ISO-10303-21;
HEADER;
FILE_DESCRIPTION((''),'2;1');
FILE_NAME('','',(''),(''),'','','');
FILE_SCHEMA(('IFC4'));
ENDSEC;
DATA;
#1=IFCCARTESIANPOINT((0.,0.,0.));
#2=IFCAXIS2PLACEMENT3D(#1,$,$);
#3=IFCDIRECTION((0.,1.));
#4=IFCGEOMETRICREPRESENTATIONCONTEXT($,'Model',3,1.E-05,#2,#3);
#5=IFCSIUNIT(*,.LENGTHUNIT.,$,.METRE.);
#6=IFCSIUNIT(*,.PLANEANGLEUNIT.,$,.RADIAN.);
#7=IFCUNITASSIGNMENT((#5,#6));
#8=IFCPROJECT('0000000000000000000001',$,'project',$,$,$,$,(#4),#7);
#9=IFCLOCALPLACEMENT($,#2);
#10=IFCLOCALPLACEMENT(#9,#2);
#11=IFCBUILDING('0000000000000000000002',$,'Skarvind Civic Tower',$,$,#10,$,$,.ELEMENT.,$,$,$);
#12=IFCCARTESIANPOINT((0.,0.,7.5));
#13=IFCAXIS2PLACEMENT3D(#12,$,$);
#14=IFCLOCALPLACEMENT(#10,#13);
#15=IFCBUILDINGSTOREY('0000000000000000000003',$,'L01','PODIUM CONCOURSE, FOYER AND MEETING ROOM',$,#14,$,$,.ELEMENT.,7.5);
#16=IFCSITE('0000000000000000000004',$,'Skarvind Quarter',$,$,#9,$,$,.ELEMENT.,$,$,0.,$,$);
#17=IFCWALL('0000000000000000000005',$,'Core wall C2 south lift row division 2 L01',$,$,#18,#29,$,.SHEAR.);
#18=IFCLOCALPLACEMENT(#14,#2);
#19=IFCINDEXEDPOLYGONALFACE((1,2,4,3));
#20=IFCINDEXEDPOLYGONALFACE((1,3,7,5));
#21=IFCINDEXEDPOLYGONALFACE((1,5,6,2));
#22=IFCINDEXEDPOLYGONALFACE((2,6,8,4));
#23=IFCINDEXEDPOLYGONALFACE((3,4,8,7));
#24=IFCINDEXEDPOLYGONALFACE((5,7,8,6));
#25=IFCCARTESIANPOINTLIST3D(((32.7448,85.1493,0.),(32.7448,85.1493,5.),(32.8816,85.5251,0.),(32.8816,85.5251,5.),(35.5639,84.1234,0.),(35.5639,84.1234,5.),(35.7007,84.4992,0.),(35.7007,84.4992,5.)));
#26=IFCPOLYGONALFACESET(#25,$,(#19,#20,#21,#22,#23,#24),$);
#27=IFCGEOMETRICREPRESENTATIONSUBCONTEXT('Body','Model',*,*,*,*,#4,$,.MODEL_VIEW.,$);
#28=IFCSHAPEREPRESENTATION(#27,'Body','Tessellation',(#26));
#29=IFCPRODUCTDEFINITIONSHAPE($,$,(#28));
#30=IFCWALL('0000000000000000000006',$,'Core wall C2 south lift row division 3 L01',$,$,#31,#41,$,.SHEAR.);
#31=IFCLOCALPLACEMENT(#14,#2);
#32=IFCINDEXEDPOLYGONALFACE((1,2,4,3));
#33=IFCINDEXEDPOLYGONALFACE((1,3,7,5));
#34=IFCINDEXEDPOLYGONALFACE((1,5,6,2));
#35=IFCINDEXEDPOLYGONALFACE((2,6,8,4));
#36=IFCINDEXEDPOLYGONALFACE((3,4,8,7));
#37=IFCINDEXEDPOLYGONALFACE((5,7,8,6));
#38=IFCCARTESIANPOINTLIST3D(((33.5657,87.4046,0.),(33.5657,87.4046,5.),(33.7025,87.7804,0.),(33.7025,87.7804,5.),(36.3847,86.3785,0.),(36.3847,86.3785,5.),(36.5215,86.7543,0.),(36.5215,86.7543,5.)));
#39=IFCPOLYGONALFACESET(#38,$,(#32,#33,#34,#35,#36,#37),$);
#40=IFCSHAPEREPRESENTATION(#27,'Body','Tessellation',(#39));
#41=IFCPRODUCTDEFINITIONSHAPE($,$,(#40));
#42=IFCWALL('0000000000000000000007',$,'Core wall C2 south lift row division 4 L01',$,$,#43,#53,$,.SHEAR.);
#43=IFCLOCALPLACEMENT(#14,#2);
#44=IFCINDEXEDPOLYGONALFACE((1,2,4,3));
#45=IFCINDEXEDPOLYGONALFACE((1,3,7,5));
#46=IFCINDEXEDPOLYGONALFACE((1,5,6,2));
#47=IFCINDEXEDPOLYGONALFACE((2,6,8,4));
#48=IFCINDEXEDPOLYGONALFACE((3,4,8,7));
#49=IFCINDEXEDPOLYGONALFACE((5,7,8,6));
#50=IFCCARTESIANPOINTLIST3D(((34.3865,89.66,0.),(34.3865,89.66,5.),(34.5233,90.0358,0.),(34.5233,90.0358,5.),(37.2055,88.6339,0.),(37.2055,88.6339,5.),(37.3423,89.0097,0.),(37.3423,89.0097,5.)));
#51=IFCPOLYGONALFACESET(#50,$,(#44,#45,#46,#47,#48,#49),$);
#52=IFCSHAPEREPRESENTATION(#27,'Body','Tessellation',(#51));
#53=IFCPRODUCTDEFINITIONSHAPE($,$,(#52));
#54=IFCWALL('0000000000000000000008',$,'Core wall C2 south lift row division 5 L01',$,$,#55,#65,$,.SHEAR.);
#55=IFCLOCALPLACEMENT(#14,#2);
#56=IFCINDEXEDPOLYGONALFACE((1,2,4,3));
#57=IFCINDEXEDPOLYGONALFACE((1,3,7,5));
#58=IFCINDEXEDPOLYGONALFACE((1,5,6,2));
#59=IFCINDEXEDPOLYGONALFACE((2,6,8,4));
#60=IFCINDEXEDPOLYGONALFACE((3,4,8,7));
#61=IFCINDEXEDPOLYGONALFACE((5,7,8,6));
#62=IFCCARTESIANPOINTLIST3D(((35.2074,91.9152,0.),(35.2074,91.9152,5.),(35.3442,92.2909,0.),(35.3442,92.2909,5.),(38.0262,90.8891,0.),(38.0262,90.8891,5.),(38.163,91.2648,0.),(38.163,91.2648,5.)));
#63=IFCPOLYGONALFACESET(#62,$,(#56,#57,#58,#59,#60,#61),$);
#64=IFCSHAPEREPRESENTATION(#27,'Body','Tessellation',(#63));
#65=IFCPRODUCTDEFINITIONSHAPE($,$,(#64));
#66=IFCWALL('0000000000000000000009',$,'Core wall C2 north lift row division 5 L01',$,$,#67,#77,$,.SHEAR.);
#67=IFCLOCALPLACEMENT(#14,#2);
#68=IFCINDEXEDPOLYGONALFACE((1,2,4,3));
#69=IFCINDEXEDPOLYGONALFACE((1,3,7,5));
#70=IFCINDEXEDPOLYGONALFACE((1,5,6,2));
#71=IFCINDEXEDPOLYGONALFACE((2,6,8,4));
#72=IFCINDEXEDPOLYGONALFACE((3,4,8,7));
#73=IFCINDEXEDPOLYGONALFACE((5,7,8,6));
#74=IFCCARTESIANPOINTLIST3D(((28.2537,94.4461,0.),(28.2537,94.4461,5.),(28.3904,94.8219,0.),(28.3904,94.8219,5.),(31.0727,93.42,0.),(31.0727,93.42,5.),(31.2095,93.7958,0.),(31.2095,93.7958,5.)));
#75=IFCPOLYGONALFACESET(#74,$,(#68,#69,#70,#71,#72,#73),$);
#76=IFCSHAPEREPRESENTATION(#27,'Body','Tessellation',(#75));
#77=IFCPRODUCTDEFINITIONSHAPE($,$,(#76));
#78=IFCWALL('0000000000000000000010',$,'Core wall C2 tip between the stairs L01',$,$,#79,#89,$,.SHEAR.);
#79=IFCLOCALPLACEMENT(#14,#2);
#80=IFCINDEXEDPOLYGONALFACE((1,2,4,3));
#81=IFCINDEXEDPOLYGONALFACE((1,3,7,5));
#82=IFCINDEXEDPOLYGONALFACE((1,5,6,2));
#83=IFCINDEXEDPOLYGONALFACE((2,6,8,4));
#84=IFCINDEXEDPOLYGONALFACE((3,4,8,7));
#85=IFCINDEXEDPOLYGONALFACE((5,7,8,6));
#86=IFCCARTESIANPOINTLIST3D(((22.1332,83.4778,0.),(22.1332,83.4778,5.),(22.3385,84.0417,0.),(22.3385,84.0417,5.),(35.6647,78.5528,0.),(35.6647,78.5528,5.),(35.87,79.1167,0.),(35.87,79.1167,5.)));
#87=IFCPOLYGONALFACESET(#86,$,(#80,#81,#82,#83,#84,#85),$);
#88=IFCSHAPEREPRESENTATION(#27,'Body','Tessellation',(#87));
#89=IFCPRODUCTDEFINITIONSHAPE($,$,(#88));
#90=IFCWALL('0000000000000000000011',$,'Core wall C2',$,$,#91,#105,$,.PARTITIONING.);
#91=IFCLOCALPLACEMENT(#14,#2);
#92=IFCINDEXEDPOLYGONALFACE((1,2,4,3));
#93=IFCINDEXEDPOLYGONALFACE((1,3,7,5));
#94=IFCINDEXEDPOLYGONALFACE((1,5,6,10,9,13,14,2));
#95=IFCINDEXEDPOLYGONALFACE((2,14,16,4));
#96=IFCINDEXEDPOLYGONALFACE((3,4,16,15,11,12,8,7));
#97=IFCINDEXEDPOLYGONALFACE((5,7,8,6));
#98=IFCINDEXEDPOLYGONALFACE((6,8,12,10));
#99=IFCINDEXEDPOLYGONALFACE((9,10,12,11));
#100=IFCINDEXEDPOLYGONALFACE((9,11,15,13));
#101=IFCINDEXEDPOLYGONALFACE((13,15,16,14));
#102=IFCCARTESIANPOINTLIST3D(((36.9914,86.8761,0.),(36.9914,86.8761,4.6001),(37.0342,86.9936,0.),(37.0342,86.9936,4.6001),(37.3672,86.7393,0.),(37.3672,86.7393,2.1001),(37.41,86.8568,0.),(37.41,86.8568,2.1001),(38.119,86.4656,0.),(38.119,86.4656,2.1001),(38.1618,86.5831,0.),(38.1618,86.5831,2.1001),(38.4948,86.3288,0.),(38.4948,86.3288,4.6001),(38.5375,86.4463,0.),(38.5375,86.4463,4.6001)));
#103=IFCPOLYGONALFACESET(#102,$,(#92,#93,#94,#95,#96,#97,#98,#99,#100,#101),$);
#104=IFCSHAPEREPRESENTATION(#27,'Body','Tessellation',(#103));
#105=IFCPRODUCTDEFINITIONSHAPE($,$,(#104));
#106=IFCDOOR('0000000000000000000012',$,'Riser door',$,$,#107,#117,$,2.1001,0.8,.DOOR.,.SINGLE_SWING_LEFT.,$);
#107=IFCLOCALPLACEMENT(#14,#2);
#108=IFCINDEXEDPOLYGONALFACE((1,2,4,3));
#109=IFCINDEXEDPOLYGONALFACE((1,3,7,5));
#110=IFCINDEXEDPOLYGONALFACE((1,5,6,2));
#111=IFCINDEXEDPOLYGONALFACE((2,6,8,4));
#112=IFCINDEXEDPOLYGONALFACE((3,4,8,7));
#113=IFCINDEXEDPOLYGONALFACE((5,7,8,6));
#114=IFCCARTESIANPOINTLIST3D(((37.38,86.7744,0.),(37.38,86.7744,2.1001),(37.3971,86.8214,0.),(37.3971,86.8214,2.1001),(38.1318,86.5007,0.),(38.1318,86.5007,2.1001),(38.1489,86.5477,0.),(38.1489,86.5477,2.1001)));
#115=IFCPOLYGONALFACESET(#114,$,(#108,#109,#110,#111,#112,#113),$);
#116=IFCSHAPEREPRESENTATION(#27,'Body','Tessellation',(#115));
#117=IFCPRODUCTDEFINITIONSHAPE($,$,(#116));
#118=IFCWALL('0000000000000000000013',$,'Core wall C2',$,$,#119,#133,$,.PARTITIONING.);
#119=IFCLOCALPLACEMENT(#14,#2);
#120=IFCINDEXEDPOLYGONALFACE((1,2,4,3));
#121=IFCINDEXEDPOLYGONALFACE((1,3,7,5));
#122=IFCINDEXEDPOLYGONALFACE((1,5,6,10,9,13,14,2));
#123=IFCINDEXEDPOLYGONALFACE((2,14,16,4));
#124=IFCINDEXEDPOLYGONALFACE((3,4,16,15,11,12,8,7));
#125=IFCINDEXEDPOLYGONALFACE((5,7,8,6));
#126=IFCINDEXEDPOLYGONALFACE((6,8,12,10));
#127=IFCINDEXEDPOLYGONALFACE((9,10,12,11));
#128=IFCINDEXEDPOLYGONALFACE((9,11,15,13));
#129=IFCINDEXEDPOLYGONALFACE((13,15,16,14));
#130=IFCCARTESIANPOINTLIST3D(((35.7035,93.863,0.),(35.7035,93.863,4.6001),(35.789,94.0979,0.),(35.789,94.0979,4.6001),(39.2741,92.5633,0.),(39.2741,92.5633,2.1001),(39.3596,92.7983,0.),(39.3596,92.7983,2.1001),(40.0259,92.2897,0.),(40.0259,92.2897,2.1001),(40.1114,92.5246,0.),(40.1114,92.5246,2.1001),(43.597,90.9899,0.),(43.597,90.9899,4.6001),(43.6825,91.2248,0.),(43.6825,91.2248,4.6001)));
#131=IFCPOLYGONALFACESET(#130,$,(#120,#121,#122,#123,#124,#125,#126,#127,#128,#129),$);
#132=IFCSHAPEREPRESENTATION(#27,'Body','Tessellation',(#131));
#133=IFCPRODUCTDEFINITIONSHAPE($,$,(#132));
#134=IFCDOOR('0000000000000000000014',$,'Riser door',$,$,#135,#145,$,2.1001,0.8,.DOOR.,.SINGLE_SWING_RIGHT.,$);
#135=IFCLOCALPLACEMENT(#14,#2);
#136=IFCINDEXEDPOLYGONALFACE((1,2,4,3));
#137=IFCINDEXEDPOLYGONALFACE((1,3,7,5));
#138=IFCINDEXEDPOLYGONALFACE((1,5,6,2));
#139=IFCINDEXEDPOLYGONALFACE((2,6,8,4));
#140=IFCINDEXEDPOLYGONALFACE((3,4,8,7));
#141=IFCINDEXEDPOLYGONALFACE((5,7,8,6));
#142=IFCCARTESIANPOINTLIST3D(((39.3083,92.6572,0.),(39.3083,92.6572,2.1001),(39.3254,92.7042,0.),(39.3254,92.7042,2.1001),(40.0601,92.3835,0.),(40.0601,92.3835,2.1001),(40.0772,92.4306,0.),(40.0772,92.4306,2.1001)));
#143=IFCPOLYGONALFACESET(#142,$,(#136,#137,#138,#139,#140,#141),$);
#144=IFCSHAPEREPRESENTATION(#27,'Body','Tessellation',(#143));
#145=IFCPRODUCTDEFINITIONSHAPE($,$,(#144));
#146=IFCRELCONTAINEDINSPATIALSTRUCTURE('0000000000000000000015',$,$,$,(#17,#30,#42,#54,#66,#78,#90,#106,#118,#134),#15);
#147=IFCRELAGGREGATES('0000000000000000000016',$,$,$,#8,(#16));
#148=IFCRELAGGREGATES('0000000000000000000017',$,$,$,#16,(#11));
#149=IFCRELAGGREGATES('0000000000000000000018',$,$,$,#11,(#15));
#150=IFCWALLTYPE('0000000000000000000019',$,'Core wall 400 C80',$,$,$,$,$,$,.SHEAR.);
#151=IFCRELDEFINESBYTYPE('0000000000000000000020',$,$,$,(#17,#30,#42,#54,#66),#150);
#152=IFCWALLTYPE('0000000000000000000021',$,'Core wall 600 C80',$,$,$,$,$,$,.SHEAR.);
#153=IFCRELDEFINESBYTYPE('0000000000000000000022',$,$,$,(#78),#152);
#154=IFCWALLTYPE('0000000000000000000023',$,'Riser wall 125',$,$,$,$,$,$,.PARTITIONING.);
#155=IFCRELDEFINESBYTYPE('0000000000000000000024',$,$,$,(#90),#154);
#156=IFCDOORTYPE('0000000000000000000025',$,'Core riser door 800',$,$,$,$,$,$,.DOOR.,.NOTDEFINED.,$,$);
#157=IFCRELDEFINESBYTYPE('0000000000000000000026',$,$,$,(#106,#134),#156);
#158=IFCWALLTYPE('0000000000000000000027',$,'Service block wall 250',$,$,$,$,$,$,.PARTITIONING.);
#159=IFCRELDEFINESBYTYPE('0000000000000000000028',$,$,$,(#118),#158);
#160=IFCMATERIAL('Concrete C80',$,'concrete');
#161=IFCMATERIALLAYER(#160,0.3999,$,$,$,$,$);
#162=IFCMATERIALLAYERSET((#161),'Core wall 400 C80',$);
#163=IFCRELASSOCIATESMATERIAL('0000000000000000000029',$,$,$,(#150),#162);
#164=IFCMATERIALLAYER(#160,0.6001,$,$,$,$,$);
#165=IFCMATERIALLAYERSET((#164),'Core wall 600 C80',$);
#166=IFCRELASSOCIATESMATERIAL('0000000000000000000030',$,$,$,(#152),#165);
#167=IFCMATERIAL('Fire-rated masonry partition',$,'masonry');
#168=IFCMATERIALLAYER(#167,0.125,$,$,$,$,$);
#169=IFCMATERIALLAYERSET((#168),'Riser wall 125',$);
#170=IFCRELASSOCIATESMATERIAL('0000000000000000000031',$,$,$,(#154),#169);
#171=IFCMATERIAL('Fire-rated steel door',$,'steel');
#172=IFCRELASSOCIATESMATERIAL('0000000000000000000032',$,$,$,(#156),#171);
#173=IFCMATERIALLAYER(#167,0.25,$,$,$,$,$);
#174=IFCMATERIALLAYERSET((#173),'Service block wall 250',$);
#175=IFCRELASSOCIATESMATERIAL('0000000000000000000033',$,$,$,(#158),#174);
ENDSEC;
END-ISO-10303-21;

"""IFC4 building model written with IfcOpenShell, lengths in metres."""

from ifc_helpers import new_model, si_unit, direction, frame, frame_2d, origin, place, context, subcontext, project, spatial, rectangle, extrude, material, layer, layer_set, type_object, element, fill, save


model = new_model("IFC4")

# Units and contexts
model_context = context("Model", 3, precision=1e-05, world=origin(), true_north=direction((0.0, 1.0)))
body_context = subcontext(model_context, "Body", "Model", "MODEL_VIEW")
ifc_project = project(units=[si_unit("LENGTHUNIT", "METRE"), si_unit("PLANEANGLEUNIT", "RADIAN")], contexts=[model_context])

# Site, building, storey
site_placement = place(None, origin())
site = spatial("IfcSite", under=ifc_project, at=site_placement, Name="Skarvind Quarter", CompositionType="ELEMENT", RefElevation=0.0)
building_placement = place(site_placement, origin())
building = spatial("IfcBuilding", under=site, at=building_placement, Name="Skarvind Civic Tower", CompositionType="ELEMENT")
storey_placement = place(building_placement, frame((0.0, 0.0, 7.5)))
storey = spatial("IfcBuildingStorey", under=building, at=storey_placement, Name="L01", Description="PODIUM CONCOURSE, FOYER AND MEETING ROOM", CompositionType="ELEMENT", Elevation=7.5)

# Shared definitions
ifc_material_1 = material(Name="Fire-rated masonry partition", Category="masonry")
ifc_material_2 = material(Name="Fire-rated steel door", Category="steel")

# Shared definitions
ifc_material_3 = material(Name="Concrete C80", Category="concrete")
ifc_layer_1 = layer(ifc_material_3, 0.3999)
ifc_layer_set_1 = layer_set([ifc_layer_1], Name="Core wall 400 C80")
wall_type_1 = type_object("IfcWallType", Name="Core wall 400 C80", PredefinedType="SHEAR", material=ifc_layer_set_1)

# Walls
for number, where, z_axis, x_axis, name in (
    (1, (35.6323, 84.3113, 0.0), (0.0, 0.0, 1.0), (-0.939713, 0.341965, 0.0), "Core wall C2 south lift row division 2 L01"),
    (2, (36.4531, 86.5664, 0.0), (0.0, 0.0, 1.0), (-0.939686, 0.342037, 0.0), "Core wall C2 south lift row division 3 L01"),
    (3, (37.2739, 88.8218, 0.0), (0.0, 0.0, 1.0), (-0.939686, 0.342037, 0.0), "Core wall C2 south lift row division 4 L01"),
):
    element("IfcWall", number, at=place(storey_placement, frame(where, z_axis=z_axis, x_axis=x_axis)), inside=storey, type_object=wall_type_1, Name=name, PredefinedType="SHEAR", context=body_context, shape_type="SweptSolid", body=[
        extrude(rectangle(XDim=3.0, YDim=0.3999, at=frame_2d((1.5, 0.0))), origin(), (0.0, 0.0, 1.0), 5.0),
    ])
wall_1_placement = place(storey_placement, frame((38.0947, 91.0769, 0.0), z_axis=(0.0, 0.0, 1.0), x_axis=(-0.939677, 0.342063, 0.0)))
element("IfcWall", 4, at=wall_1_placement, inside=storey, type_object=wall_type_1, Name="Core wall C2 south lift row division 5 L01", PredefinedType="SHEAR", context=body_context, shape_type="SweptSolid", body=[
    extrude(rectangle(XDim=2.9998, YDim=0.3999, at=frame_2d((1.5, 0.0))), origin(), (0.0, 0.0, 1.0), 5.0),
])
wall_2_placement = place(storey_placement, frame((31.1411, 93.6079, 0.0), z_axis=(0.0, 0.0, 1.0), x_axis=(-0.939686, 0.342037, 0.0)))
element("IfcWall", 5, at=wall_2_placement, inside=storey, type_object=wall_type_1, Name="Core wall C2 north lift row division 5 L01", PredefinedType="SHEAR", context=body_context, shape_type="SweptSolid", body=[
    extrude(rectangle(XDim=3.0, YDim=0.3999, at=frame_2d((1.5, 0.0))), origin(), (0.0, 0.0, 1.0), 5.0),
])
ifc_layer_2 = layer(ifc_material_3, 0.6001)
ifc_layer_set_2 = layer_set([ifc_layer_2], Name="Core wall 600 C80")
wall_type_2 = type_object("IfcWallType", Name="Core wall 600 C80", PredefinedType="SHEAR", material=ifc_layer_set_2)
wall_3_placement = place(storey_placement, frame((35.7673, 78.8347, 0.0), z_axis=(0.0, 0.0, 1.0), x_axis=(-0.939693, 0.342019, 0.0)))
element("IfcWall", 6, at=wall_3_placement, inside=storey, type_object=wall_type_2, Name="Core wall C2 tip between the stairs L01", PredefinedType="SHEAR", context=body_context, shape_type="SweptSolid", body=[
    extrude(rectangle(XDim=14.3999, YDim=0.6001, at=frame_2d((7.2, 0.0))), origin(), (0.0, 0.0, 1.0), 5.0),
])

# Walls, openings, doors
ifc_layer_3 = layer(ifc_material_1, 0.125)
ifc_layer_set_3 = layer_set([ifc_layer_3], Name="Riser wall 125")
wall_type_3 = type_object("IfcWallType", Name="Riser wall 125", PredefinedType="PARTITIONING", material=ifc_layer_set_3)
wall_4_placement = place(storey_placement, frame((37.0129, 86.9348, 0.0), z_axis=(0.0, 0.0, 1.0), x_axis=(0.93966, -0.342111, 0.0)))
wall_4 = element("IfcWall", 7, at=wall_4_placement, inside=storey, type_object=wall_type_3, Name="Core wall C2", PredefinedType="PARTITIONING", context=body_context, shape_type="SweptSolid", body=[
    extrude(rectangle(XDim=1.5999, YDim=0.125, at=frame_2d((0.7998, 0.0))), origin(), (0.0, 0.0, 1.0), 4.6001),
])
opening_1_placement = place(wall_4_placement, frame((0.3999, 0.0, 0.0)))
opening_1 = element("IfcOpeningElement", 8, at=opening_1_placement, cuts=wall_4, PredefinedType="OPENING", context=body_context, shape_type="SweptSolid", body=[
    extrude(rectangle(XDim=0.8, YDim=2.1001, at=frame_2d((0.3999, 1.05))), frame((0.0, 0.0725, 0.0), z_axis=(0.0, -1.0, 0.0), x_axis=(1.0, 0.0, 0.0)), (0.0, 0.0, 1.0), 0.145),
])
door_type_1 = type_object("IfcDoorType", Name="Core riser door 800", OperationType="NOTDEFINED", PredefinedType="DOOR", material=ifc_material_2)
door_1_placement = place(opening_1_placement, origin())
door_1 = element("IfcDoor", 9, at=door_1_placement, inside=storey, type_object=door_type_1, Name="Riser door", OperationType="SINGLE_SWING_LEFT", OverallHeight=2.1001, OverallWidth=0.8, PredefinedType="DOOR", context=body_context, shape_type="SweptSolid", body=[
    extrude(rectangle(XDim=0.8, YDim=2.1001, at=frame_2d((0.3999, 1.05))), frame((0.0, 0.0249, 0.0), z_axis=(0.0, -1.0, 0.0), x_axis=(1.0, 0.0, 0.0)), (0.0, 0.0, 1.0), 0.05),
])
fill(opening_1, door_1)
ifc_layer_4 = layer(ifc_material_1, 0.25)
ifc_layer_set_4 = layer_set([ifc_layer_4], Name="Service block wall 250")
wall_type_4 = type_object("IfcWallType", Name="Service block wall 250", PredefinedType="PARTITIONING", material=ifc_layer_set_4)
wall_5_placement = place(storey_placement, frame((35.7461, 93.9805, 0.0), z_axis=(0.0, 0.0, 1.0), x_axis=(0.939692, -0.342023, 0.0)))
wall_5 = element("IfcWall", 10, at=wall_5_placement, inside=storey, type_object=wall_type_4, Name="Core wall C2", PredefinedType="PARTITIONING", context=body_context, shape_type="SweptSolid", body=[
    extrude(rectangle(XDim=8.4001, YDim=0.25, at=frame_2d((4.2002, 0.0))), origin(), (0.0, 0.0, 1.0), 4.6001),
])
opening_2_placement = place(wall_5_placement, frame((3.8, 0.0, 0.0)))
opening_2 = element("IfcOpeningElement", 11, at=opening_2_placement, cuts=wall_5, PredefinedType="OPENING", context=body_context, shape_type="SweptSolid", body=[
    extrude(rectangle(XDim=0.8, YDim=2.1001, at=frame_2d((0.3999, 1.05))), frame((0.0, 0.135, 0.0), z_axis=(0.0, -1.0, 0.0), x_axis=(1.0, 0.0, 0.0)), (0.0, 0.0, 1.0), 0.27),
])
door_2_placement = place(opening_2_placement, origin())
door_2 = element("IfcDoor", 12, at=door_2_placement, inside=storey, type_object=door_type_1, Name="Riser door", OperationType="SINGLE_SWING_RIGHT", OverallHeight=2.1001, OverallWidth=0.8, PredefinedType="DOOR", context=body_context, shape_type="SweptSolid", body=[
    extrude(rectangle(XDim=0.8, YDim=2.1001, at=frame_2d((0.3999, 1.05))), frame((0.0, 0.0249, 0.0), z_axis=(0.0, -1.0, 0.0), x_axis=(1.0, 0.0, 0.0)), (0.0, 0.0, 1.0), 0.05),
])
fill(opening_2, door_2)

save(model, "model.ifc")
